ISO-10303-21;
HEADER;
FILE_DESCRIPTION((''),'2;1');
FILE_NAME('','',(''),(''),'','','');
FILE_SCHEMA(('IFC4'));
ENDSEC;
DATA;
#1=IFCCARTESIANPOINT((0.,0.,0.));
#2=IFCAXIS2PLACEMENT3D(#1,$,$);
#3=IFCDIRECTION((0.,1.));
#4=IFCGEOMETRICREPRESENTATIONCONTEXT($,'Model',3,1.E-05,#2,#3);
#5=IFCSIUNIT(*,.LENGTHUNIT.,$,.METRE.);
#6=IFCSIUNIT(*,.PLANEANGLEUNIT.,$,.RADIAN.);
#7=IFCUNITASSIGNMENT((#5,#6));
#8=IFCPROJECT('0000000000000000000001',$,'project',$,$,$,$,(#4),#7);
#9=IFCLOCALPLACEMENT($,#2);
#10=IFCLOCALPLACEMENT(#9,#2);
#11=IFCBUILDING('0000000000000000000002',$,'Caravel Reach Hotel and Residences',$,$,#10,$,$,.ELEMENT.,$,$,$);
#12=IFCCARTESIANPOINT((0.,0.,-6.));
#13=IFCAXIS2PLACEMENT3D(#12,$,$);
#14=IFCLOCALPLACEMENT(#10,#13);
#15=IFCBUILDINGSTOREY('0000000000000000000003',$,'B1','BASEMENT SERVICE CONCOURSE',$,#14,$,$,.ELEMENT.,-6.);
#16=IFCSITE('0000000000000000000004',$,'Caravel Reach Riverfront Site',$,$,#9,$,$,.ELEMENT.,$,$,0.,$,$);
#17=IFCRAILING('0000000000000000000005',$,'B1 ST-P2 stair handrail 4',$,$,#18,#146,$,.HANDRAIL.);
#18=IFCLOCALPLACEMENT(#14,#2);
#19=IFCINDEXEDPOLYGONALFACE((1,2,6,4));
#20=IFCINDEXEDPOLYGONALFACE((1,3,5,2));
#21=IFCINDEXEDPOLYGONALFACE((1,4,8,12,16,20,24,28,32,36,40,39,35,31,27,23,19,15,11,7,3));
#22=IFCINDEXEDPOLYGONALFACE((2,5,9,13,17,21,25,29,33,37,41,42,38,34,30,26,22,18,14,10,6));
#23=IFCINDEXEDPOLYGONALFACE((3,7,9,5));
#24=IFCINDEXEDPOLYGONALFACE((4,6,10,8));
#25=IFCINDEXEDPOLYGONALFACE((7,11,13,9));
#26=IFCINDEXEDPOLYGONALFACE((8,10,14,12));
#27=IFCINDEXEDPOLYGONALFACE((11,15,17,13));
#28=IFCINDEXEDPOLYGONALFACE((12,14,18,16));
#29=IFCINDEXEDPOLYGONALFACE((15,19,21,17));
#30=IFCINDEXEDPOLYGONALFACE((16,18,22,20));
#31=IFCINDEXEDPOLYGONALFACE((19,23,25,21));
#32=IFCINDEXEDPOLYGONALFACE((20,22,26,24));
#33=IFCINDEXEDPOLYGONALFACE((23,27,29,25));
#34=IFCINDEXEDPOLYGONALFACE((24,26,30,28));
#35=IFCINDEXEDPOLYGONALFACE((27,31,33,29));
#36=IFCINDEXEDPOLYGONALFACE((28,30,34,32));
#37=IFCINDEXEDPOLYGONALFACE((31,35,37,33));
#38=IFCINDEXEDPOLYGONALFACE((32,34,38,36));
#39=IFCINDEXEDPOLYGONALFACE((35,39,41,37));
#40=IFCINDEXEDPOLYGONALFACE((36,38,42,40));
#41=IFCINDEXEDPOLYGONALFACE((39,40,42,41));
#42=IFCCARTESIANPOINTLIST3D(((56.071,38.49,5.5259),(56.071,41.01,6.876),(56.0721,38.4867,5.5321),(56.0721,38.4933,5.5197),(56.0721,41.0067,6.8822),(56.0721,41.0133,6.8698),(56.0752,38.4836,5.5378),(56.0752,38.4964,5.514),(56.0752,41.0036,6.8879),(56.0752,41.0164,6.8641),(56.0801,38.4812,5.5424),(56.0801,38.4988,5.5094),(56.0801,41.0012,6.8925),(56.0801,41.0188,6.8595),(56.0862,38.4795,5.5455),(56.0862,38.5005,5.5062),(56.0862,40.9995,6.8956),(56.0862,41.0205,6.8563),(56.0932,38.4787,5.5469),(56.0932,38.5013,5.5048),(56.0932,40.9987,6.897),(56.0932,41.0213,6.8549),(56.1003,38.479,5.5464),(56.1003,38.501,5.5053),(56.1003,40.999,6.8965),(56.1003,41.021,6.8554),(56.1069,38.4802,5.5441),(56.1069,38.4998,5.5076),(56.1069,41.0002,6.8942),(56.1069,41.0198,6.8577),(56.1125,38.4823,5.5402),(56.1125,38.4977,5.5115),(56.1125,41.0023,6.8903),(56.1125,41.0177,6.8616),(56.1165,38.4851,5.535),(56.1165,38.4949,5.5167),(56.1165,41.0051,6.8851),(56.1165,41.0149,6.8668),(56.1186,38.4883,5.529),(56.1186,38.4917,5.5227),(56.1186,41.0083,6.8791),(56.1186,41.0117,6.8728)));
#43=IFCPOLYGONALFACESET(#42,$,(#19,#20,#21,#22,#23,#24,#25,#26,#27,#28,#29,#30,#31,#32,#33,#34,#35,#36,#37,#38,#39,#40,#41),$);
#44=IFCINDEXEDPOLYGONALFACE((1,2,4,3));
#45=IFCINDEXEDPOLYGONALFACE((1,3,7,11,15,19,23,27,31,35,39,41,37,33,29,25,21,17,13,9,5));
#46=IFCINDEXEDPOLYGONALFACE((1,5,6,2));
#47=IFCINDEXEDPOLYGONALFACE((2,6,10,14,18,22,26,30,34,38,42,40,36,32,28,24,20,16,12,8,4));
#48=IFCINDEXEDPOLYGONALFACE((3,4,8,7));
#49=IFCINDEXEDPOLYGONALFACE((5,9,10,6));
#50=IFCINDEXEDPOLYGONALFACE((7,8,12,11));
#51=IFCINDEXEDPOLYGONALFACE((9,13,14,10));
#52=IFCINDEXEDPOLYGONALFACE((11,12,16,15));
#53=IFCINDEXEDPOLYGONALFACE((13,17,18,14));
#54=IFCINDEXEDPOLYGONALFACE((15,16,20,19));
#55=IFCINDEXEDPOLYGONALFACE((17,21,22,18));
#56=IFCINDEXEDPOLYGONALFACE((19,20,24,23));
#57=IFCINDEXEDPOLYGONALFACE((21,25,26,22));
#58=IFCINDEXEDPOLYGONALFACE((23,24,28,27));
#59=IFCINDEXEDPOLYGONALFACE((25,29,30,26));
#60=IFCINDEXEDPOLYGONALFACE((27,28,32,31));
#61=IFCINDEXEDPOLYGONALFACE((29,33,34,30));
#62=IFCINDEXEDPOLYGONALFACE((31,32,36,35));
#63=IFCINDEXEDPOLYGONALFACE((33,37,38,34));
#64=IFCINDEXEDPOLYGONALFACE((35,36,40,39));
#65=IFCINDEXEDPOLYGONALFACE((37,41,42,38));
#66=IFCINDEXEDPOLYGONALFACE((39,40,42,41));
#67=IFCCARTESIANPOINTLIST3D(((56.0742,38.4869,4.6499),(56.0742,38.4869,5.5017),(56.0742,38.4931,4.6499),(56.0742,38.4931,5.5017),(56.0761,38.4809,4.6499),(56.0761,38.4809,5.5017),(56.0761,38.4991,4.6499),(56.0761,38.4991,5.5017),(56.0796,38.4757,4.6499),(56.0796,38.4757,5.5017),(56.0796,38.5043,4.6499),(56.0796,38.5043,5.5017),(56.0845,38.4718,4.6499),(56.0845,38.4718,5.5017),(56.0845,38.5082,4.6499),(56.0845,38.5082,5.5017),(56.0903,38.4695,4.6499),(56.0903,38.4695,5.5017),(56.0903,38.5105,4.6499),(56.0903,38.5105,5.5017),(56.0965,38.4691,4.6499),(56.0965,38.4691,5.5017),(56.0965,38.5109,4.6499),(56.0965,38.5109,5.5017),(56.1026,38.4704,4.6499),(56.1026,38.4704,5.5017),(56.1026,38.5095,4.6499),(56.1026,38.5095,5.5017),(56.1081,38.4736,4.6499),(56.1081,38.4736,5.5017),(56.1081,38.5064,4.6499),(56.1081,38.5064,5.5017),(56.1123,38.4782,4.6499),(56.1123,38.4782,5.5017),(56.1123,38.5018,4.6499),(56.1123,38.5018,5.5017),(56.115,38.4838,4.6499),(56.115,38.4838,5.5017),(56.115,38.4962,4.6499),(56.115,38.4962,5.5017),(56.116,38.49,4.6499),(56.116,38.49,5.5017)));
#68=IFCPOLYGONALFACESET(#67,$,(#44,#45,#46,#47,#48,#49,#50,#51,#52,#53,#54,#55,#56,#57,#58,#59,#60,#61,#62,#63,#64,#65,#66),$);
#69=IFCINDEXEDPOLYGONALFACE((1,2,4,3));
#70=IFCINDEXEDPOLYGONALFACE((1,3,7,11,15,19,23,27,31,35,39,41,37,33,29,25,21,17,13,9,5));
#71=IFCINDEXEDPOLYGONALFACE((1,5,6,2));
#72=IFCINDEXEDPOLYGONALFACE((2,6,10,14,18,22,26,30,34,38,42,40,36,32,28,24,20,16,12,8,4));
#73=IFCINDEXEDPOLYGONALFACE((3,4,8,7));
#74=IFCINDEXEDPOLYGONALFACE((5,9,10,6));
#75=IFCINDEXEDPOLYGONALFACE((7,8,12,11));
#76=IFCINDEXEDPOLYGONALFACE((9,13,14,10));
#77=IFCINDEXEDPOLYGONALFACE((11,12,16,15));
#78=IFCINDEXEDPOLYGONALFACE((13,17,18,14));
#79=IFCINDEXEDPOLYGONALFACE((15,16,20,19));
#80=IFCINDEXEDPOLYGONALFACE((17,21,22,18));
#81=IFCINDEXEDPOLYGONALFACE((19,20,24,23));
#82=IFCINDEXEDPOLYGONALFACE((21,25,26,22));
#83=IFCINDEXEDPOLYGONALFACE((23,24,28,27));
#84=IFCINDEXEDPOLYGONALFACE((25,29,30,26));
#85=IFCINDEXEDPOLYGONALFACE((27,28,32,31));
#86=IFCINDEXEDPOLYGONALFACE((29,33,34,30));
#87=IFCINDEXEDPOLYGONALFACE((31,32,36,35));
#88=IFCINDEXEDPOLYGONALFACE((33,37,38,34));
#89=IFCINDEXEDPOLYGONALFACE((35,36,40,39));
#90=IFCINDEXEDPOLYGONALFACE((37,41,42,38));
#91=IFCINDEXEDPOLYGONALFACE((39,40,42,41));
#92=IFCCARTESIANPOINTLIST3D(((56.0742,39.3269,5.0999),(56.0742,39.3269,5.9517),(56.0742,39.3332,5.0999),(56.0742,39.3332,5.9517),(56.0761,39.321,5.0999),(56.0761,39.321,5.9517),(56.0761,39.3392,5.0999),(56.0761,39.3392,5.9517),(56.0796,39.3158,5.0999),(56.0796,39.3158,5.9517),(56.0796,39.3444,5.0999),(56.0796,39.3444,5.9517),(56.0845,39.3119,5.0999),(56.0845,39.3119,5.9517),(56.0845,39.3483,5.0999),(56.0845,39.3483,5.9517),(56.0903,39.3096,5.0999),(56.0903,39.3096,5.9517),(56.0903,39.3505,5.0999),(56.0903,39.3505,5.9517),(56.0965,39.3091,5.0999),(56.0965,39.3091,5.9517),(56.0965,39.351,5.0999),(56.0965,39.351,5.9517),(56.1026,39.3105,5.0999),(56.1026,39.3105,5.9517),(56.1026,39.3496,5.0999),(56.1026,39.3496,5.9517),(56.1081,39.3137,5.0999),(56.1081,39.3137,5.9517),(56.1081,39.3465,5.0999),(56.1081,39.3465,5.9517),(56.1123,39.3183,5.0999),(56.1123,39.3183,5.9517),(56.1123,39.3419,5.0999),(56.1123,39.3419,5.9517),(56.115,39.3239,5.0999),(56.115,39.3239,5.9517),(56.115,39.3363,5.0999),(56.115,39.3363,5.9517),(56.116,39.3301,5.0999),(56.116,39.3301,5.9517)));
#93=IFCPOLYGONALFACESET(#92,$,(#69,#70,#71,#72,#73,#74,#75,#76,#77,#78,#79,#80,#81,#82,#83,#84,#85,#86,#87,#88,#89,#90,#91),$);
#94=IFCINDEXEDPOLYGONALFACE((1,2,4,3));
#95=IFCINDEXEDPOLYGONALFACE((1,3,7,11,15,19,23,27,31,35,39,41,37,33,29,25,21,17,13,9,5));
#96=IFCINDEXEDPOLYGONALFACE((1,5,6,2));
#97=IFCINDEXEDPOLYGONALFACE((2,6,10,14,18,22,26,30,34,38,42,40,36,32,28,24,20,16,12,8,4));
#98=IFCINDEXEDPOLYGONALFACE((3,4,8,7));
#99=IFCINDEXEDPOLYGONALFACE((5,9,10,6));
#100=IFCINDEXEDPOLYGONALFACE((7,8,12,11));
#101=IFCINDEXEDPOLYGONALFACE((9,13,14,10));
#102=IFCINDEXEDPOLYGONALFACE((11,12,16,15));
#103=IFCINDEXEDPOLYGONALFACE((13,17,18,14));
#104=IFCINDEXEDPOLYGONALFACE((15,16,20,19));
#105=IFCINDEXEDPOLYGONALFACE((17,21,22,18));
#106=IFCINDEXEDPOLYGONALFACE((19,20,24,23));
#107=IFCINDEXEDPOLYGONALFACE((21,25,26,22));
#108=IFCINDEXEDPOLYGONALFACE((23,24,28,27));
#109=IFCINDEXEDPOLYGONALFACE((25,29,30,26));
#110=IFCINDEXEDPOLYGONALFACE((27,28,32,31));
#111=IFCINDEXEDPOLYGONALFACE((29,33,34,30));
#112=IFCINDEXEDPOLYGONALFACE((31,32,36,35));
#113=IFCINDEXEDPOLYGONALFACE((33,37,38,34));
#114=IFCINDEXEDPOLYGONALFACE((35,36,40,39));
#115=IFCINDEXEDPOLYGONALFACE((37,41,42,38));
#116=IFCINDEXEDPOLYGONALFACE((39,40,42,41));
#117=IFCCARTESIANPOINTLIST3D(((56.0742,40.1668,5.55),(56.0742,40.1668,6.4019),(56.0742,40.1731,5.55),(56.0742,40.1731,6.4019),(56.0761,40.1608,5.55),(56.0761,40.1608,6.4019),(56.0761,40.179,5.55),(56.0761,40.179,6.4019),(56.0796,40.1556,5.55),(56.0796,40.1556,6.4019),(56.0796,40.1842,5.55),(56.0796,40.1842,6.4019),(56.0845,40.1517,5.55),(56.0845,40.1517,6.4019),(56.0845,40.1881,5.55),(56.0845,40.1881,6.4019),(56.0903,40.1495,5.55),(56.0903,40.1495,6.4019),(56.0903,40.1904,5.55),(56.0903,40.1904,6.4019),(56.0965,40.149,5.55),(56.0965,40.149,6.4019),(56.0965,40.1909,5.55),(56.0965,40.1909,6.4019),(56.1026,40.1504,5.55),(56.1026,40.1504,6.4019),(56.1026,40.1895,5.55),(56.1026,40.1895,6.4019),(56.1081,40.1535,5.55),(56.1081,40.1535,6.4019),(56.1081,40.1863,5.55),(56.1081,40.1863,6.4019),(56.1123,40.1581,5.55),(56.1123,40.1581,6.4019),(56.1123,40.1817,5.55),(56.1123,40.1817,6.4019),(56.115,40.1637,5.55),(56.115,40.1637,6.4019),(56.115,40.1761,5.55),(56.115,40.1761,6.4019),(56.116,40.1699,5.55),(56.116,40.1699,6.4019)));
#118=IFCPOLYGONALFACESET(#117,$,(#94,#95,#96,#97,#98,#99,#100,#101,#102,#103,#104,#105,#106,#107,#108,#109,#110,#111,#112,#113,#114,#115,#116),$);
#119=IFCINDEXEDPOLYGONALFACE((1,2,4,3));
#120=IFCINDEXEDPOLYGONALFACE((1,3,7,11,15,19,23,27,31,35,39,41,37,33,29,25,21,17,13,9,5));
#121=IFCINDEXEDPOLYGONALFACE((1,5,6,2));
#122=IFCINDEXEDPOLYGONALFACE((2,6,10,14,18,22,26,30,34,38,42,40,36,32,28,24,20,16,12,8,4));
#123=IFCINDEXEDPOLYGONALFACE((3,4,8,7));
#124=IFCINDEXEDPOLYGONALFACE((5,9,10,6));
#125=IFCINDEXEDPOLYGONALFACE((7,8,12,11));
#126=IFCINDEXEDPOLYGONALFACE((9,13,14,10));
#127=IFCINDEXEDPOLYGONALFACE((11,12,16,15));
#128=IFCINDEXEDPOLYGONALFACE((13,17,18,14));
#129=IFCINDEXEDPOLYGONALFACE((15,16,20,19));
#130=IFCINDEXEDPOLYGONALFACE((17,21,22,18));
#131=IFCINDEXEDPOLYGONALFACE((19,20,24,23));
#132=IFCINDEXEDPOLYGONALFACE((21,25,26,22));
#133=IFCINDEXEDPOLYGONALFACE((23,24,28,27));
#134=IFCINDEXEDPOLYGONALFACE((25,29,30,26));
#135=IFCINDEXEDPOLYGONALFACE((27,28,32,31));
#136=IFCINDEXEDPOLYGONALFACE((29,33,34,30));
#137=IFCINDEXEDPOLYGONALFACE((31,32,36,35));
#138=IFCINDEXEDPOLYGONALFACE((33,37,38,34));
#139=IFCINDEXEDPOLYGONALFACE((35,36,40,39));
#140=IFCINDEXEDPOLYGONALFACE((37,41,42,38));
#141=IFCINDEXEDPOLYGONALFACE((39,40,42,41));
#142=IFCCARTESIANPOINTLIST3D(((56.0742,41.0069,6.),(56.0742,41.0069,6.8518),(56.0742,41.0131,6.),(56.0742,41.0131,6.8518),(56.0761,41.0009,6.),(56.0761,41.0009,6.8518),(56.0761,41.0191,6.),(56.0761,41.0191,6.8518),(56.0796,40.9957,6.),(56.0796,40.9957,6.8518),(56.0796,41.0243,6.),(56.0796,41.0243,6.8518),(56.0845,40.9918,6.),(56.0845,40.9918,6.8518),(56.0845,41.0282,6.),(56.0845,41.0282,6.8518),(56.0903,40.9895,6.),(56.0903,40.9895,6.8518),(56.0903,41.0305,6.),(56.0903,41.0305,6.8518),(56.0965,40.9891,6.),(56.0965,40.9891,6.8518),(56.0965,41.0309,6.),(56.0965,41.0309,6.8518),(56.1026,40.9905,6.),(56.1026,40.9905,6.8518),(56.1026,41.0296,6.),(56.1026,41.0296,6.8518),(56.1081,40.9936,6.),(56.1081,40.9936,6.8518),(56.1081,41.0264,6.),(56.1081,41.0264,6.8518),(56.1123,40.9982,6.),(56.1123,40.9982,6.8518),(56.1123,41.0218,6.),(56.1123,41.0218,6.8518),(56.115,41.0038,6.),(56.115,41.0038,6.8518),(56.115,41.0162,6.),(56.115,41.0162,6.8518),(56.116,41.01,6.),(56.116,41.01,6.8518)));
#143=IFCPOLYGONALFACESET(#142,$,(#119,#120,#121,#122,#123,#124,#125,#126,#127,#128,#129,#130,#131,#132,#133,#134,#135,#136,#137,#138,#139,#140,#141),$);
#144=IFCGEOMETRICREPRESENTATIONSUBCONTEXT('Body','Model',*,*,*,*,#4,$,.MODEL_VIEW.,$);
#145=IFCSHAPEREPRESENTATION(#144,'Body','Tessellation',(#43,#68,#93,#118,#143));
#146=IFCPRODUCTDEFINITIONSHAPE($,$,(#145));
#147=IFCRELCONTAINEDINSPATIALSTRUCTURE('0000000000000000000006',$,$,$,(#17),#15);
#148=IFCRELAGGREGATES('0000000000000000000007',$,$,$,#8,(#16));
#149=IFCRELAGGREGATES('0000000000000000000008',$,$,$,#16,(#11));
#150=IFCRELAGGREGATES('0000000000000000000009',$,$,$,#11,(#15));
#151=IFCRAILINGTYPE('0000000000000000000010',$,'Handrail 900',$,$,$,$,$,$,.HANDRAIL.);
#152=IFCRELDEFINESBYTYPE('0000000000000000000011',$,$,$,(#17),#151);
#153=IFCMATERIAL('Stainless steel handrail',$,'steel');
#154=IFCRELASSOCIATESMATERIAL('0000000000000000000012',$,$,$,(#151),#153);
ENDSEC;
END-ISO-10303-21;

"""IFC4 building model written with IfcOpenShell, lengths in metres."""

from ifc_helpers import new_model, si_unit, direction, frame, origin, origin_2d, place, context, subcontext, project, spatial, circle, extrude, material, type_object, element, save


model = new_model("IFC4")

# Units and contexts
model_context = context("Model", 3, precision=1e-05, world=origin(), true_north=direction((0.0, 1.0)))
body_context = subcontext(model_context, "Body", "Model", "MODEL_VIEW")
ifc_project = project(units=[si_unit("LENGTHUNIT", "METRE"), si_unit("PLANEANGLEUNIT", "RADIAN")], contexts=[model_context])

# Site, building, storey
site_placement = place(None, origin())
site = spatial("IfcSite", under=ifc_project, at=site_placement, Name="Caravel Reach Riverfront Site", CompositionType="ELEMENT", RefElevation=0.0)
building_placement = place(site_placement, origin())
building = spatial("IfcBuilding", under=site, at=building_placement, Name="Caravel Reach Hotel and Residences", CompositionType="ELEMENT")
storey_placement = place(building_placement, frame((0.0, 0.0, -6.0)))
storey = spatial("IfcBuildingStorey", under=building, at=storey_placement, Name="B1", Description="BASEMENT SERVICE CONCOURSE", CompositionType="ELEMENT", Elevation=-6.0)

# Railing
ifc_material_1 = material(Name="Stainless steel handrail", Category="steel")
railing_type_1 = type_object("IfcRailingType", Name="Handrail 900", PredefinedType="HANDRAIL", material=ifc_material_1)
for number, where, name in (
    (1, (56.095, 38.49, 4.6499), "B1 ST-P2 stair handrail 4"),
):
    element("IfcRailing", number, at=place(storey_placement, frame(where)), inside=storey, type_object=railing_type_1, Name=name, PredefinedType="HANDRAIL", context=body_context, shape_type="SweptSolid", body=[
        extrude(circle(Radius=0.0239, at=origin_2d()), frame((0.0, 0.0, 0.876), z_axis=(0.0, 0.881467, 0.472245), x_axis=(-1.0, 0.0, 0.0)), (0.0, 0.0, 1.0), 2.8589),
        extrude(circle(Radius=0.021, at=origin_2d()), origin(), (0.0, 0.0, 1.0), 0.8518),
        extrude(circle(Radius=0.021, at=origin_2d()), frame((0.0, 0.8401, 0.45)), (0.0, 0.0, 1.0), 0.8518),
        extrude(circle(Radius=0.021, at=origin_2d()), frame((0.0, 1.6799, 0.9001)), (0.0, 0.0, 1.0), 0.8518),
        extrude(circle(Radius=0.021, at=origin_2d()), frame((0.0, 2.52, 1.3501)), (0.0, 0.0, 1.0), 0.8518),
    ])

save(model, "model.ifc")
